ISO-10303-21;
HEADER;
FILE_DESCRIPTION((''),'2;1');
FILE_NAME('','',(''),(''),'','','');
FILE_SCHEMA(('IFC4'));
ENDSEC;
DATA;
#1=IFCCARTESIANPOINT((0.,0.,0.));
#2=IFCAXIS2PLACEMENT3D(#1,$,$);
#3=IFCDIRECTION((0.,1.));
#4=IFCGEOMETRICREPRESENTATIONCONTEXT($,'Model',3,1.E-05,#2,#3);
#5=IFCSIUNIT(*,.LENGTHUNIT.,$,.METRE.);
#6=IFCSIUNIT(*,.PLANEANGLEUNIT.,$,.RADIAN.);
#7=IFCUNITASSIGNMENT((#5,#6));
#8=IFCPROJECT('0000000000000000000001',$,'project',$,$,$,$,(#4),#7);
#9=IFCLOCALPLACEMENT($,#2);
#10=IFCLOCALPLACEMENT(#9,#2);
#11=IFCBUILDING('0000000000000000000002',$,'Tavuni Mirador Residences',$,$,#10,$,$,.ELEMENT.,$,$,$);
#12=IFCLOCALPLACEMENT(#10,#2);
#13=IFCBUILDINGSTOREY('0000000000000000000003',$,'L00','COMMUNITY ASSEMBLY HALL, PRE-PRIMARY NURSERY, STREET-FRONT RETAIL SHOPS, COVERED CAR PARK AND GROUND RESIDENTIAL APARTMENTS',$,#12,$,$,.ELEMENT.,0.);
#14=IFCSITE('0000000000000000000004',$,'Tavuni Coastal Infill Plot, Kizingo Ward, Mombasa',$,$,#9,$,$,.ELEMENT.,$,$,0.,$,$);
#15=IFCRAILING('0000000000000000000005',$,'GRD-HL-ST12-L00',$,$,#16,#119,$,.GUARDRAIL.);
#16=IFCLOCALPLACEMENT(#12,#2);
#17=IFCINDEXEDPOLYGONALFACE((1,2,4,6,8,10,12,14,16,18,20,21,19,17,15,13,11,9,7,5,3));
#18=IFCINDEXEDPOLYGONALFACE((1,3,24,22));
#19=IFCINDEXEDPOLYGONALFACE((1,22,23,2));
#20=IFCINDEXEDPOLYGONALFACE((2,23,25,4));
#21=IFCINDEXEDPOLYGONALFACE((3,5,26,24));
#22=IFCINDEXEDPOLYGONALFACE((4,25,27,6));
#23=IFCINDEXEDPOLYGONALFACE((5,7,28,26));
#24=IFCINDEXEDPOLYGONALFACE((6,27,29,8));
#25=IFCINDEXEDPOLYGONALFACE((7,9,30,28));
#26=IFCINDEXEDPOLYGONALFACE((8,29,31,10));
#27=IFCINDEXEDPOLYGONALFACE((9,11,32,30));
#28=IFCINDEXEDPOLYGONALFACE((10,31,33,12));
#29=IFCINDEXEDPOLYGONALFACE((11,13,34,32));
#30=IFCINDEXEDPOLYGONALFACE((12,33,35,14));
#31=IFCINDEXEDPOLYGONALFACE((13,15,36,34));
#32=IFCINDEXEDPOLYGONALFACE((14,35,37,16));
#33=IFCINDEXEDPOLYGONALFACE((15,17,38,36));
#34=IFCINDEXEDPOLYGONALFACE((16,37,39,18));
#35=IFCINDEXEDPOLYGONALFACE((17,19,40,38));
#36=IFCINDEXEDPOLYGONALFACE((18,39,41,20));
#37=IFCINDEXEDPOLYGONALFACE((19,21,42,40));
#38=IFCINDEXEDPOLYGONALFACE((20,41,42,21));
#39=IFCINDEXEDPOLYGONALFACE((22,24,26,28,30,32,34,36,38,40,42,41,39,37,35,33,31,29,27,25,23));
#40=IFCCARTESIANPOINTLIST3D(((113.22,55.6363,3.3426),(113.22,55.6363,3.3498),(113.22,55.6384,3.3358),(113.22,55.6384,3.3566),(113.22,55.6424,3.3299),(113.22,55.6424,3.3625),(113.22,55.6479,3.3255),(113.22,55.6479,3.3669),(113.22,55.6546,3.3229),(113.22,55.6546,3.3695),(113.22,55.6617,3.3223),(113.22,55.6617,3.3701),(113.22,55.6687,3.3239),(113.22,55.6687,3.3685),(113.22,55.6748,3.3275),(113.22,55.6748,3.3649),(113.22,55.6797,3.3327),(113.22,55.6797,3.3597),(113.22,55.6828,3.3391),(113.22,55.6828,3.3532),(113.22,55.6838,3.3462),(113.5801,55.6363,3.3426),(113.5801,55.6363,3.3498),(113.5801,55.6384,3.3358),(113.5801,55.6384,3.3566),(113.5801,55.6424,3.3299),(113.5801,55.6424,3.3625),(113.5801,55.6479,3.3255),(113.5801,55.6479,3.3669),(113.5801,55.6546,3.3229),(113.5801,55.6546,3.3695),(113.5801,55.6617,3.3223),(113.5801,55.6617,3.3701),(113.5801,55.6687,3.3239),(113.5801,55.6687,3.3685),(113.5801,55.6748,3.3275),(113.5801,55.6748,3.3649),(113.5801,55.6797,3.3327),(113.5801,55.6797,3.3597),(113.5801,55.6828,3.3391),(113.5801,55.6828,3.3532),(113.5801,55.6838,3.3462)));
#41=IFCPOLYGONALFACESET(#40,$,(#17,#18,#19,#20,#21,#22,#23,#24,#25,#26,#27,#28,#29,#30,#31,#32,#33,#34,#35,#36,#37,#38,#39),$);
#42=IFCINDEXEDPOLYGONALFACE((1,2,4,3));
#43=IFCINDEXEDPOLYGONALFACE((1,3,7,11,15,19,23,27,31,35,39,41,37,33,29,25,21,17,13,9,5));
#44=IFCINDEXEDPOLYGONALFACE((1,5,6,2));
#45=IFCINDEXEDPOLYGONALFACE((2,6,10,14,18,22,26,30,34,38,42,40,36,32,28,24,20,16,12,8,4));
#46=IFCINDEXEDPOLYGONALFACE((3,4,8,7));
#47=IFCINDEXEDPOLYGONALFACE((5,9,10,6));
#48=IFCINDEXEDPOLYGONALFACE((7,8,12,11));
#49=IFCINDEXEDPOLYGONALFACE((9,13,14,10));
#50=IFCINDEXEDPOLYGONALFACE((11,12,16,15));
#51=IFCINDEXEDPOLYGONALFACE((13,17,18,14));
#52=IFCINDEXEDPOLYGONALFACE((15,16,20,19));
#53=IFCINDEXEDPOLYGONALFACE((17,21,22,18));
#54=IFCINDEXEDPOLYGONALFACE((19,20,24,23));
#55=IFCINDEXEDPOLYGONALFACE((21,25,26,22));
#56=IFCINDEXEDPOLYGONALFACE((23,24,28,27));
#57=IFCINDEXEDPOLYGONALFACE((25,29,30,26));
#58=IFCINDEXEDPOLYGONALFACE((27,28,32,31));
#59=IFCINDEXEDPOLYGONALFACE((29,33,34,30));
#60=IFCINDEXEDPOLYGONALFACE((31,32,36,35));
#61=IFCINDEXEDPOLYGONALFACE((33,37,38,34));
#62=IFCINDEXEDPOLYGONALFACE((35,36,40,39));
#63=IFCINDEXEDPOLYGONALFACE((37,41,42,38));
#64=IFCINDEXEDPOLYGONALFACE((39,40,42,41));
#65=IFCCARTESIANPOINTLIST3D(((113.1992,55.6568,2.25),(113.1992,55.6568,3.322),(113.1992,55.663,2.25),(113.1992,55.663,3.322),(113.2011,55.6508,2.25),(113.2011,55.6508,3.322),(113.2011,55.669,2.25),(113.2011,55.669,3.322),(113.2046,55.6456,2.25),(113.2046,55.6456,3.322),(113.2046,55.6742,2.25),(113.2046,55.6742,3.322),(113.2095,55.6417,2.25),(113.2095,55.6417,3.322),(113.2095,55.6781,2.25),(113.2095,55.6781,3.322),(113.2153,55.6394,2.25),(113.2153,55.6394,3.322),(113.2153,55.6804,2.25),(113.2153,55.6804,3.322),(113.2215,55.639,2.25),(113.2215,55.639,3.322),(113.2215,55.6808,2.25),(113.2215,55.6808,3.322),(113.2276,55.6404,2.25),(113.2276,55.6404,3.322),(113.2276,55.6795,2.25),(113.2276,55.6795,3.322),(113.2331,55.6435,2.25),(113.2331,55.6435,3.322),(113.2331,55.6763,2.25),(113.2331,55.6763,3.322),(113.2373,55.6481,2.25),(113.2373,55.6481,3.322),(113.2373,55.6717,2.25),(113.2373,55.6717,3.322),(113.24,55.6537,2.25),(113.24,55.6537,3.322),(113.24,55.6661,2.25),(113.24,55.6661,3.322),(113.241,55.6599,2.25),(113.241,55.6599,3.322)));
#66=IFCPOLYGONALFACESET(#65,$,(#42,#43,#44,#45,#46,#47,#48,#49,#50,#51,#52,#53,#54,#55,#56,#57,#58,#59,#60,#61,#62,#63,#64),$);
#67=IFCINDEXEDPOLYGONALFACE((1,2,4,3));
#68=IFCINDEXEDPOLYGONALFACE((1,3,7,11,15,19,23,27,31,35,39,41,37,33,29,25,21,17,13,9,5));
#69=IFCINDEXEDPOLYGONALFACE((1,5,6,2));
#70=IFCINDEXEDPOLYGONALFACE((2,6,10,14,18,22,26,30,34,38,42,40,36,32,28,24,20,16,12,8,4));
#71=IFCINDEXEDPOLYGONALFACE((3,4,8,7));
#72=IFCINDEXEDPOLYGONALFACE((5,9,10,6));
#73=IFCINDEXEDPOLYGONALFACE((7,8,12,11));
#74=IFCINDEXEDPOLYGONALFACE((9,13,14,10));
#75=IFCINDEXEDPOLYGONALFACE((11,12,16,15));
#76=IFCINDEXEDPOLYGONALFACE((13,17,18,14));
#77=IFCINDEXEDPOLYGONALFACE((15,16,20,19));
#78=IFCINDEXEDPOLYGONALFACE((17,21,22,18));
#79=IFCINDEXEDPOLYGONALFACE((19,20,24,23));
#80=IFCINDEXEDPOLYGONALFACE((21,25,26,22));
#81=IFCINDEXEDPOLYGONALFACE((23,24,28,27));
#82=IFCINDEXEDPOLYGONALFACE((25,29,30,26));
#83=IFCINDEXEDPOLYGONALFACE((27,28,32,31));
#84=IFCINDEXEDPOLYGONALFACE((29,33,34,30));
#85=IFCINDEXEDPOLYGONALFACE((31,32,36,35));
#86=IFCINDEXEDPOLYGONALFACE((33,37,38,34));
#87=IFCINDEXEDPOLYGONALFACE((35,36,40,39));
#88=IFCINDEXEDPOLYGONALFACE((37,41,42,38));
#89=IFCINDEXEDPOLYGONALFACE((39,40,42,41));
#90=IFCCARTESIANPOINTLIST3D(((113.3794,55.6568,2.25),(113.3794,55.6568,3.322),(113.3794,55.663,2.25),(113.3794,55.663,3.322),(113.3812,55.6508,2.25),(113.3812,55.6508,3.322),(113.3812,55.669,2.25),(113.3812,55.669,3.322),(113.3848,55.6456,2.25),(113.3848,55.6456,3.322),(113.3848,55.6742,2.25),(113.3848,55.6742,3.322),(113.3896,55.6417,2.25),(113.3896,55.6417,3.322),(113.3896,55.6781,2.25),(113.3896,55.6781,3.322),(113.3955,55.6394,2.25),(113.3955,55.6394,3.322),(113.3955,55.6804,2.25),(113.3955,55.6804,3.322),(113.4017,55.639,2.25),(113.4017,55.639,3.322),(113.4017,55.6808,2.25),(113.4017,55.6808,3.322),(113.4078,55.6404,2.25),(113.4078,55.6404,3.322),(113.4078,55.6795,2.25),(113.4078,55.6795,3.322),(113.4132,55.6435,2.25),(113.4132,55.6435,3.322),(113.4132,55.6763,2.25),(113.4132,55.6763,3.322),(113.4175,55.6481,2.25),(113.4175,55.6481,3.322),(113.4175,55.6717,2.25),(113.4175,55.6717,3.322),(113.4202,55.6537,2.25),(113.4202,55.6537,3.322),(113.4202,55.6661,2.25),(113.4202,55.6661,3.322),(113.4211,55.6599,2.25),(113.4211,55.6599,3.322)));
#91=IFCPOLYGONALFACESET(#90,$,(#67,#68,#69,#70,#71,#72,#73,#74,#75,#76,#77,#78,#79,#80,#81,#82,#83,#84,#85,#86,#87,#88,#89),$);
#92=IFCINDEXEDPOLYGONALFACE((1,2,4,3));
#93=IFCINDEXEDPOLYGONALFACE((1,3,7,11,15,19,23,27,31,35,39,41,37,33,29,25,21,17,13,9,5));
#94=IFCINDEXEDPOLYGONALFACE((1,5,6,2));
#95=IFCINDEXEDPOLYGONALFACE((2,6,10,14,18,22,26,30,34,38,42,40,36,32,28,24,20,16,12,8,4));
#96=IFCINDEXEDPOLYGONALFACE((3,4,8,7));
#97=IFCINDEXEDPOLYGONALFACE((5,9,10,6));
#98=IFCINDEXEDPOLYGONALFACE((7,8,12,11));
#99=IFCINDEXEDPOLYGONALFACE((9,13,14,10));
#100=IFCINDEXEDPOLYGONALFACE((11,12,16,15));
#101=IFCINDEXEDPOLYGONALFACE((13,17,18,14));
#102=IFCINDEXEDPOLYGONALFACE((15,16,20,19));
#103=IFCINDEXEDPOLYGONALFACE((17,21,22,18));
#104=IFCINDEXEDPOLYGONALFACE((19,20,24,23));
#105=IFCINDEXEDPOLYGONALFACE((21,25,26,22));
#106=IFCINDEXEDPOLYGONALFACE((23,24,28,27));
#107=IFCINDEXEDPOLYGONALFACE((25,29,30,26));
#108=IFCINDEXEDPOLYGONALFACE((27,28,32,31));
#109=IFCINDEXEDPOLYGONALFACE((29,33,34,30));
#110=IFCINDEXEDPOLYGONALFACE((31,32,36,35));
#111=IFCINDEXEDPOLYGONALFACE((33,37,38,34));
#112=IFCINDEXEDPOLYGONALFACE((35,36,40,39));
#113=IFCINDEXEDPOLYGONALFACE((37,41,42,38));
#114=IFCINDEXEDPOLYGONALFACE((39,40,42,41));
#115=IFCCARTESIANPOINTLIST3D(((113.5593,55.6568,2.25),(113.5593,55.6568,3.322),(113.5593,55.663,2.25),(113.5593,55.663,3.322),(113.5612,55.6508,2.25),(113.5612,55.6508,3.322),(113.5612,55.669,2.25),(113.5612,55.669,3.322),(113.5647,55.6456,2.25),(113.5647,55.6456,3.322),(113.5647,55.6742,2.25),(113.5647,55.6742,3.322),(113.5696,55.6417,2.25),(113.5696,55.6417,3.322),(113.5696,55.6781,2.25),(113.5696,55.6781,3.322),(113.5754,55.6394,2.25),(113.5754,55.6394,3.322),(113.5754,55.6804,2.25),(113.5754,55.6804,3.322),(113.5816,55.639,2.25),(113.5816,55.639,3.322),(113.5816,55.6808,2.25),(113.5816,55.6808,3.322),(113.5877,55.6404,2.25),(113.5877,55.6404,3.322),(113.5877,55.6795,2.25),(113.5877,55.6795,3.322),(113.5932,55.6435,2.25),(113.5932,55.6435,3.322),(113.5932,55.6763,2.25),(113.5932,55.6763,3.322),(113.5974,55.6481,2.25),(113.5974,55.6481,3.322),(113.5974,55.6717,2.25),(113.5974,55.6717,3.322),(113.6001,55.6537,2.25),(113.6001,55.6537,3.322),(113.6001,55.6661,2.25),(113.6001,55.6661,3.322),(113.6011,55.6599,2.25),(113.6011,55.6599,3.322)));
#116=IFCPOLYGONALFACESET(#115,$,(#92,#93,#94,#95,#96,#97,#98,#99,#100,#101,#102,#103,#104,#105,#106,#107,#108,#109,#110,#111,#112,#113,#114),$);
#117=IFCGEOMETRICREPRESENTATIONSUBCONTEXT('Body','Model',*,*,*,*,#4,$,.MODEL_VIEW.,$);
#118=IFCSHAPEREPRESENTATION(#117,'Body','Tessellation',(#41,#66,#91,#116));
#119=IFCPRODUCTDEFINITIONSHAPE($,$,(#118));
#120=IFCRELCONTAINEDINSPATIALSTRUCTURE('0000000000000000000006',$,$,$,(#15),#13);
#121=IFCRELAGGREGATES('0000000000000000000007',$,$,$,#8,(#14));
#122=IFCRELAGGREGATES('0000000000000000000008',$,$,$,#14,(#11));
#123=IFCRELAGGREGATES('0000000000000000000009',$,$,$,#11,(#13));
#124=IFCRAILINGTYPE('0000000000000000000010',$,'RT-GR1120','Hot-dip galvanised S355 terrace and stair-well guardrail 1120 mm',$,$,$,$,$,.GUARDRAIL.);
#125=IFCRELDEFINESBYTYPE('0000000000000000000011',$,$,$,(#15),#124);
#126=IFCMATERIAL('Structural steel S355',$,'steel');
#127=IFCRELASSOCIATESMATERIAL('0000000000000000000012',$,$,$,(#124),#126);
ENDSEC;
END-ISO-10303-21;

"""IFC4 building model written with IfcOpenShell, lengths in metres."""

from ifc_helpers import new_model, si_unit, direction, frame, origin, origin_2d, place, context, subcontext, project, spatial, circle, extrude, material, type_object, element, save


model = new_model("IFC4")

# Units and contexts
model_context = context("Model", 3, precision=1e-05, world=origin(), true_north=direction((0.0, 1.0)))
body_context = subcontext(model_context, "Body", "Model", "MODEL_VIEW")
ifc_project = project(units=[si_unit("LENGTHUNIT", "METRE"), si_unit("PLANEANGLEUNIT", "RADIAN")], contexts=[model_context])

# Site, building, storey
site_placement = place(None, origin())
site = spatial("IfcSite", under=ifc_project, at=site_placement, Name="Tavuni Coastal Infill Plot, Kizingo Ward, Mombasa", CompositionType="ELEMENT", RefElevation=0.0)
building_placement = place(site_placement, origin())
building = spatial("IfcBuilding", under=site, at=building_placement, Name="Tavuni Mirador Residences", CompositionType="ELEMENT")
storey_placement = place(building_placement, origin())
storey = spatial("IfcBuildingStorey", under=building, at=storey_placement, Name="L00", Description="COMMUNITY ASSEMBLY HALL, PRE-PRIMARY NURSERY, STREET-FRONT RETAIL SHOPS, COVERED CAR PARK AND GROUND RESIDENTIAL APARTMENTS", CompositionType="ELEMENT", Elevation=0.0)

# Railing
ifc_material_1 = material(Name="Structural steel S355", Category="steel")
railing_type_1 = type_object("IfcRailingType", Name="RT-GR1120", Description="Hot-dip galvanised S355 terrace and stair-well guardrail 1120 mm", PredefinedType="GUARDRAIL", material=ifc_material_1)
railing_1_placement = place(storey_placement, frame((113.22, 55.6599, 2.25)))
element("IfcRailing", 1, at=railing_1_placement, inside=storey, type_object=railing_type_1, Name="GRD-HL-ST12-L00", PredefinedType="GUARDRAIL", context=body_context, shape_type="SweptSolid", body=[
    extrude(circle(Radius=0.0239, at=origin_2d()), frame((0.0, 0.0, 1.0962), z_axis=(1.0, 0.0, 0.0), x_axis=(0.0, 1.0, 0.0)), (0.0, 0.0, 1.0), 0.3601),
    extrude(circle(Radius=0.021, at=origin_2d()), origin(), (0.0, 0.0, 1.0), 1.072),
    extrude(circle(Radius=0.021, at=origin_2d()), frame((0.1802, 0.0, 0.0)), (0.0, 0.0, 1.0), 1.072),
    extrude(circle(Radius=0.021, at=origin_2d()), frame((0.3601, 0.0, 0.0)), (0.0, 0.0, 1.0), 1.072),
])

save(model, "model.ifc")
